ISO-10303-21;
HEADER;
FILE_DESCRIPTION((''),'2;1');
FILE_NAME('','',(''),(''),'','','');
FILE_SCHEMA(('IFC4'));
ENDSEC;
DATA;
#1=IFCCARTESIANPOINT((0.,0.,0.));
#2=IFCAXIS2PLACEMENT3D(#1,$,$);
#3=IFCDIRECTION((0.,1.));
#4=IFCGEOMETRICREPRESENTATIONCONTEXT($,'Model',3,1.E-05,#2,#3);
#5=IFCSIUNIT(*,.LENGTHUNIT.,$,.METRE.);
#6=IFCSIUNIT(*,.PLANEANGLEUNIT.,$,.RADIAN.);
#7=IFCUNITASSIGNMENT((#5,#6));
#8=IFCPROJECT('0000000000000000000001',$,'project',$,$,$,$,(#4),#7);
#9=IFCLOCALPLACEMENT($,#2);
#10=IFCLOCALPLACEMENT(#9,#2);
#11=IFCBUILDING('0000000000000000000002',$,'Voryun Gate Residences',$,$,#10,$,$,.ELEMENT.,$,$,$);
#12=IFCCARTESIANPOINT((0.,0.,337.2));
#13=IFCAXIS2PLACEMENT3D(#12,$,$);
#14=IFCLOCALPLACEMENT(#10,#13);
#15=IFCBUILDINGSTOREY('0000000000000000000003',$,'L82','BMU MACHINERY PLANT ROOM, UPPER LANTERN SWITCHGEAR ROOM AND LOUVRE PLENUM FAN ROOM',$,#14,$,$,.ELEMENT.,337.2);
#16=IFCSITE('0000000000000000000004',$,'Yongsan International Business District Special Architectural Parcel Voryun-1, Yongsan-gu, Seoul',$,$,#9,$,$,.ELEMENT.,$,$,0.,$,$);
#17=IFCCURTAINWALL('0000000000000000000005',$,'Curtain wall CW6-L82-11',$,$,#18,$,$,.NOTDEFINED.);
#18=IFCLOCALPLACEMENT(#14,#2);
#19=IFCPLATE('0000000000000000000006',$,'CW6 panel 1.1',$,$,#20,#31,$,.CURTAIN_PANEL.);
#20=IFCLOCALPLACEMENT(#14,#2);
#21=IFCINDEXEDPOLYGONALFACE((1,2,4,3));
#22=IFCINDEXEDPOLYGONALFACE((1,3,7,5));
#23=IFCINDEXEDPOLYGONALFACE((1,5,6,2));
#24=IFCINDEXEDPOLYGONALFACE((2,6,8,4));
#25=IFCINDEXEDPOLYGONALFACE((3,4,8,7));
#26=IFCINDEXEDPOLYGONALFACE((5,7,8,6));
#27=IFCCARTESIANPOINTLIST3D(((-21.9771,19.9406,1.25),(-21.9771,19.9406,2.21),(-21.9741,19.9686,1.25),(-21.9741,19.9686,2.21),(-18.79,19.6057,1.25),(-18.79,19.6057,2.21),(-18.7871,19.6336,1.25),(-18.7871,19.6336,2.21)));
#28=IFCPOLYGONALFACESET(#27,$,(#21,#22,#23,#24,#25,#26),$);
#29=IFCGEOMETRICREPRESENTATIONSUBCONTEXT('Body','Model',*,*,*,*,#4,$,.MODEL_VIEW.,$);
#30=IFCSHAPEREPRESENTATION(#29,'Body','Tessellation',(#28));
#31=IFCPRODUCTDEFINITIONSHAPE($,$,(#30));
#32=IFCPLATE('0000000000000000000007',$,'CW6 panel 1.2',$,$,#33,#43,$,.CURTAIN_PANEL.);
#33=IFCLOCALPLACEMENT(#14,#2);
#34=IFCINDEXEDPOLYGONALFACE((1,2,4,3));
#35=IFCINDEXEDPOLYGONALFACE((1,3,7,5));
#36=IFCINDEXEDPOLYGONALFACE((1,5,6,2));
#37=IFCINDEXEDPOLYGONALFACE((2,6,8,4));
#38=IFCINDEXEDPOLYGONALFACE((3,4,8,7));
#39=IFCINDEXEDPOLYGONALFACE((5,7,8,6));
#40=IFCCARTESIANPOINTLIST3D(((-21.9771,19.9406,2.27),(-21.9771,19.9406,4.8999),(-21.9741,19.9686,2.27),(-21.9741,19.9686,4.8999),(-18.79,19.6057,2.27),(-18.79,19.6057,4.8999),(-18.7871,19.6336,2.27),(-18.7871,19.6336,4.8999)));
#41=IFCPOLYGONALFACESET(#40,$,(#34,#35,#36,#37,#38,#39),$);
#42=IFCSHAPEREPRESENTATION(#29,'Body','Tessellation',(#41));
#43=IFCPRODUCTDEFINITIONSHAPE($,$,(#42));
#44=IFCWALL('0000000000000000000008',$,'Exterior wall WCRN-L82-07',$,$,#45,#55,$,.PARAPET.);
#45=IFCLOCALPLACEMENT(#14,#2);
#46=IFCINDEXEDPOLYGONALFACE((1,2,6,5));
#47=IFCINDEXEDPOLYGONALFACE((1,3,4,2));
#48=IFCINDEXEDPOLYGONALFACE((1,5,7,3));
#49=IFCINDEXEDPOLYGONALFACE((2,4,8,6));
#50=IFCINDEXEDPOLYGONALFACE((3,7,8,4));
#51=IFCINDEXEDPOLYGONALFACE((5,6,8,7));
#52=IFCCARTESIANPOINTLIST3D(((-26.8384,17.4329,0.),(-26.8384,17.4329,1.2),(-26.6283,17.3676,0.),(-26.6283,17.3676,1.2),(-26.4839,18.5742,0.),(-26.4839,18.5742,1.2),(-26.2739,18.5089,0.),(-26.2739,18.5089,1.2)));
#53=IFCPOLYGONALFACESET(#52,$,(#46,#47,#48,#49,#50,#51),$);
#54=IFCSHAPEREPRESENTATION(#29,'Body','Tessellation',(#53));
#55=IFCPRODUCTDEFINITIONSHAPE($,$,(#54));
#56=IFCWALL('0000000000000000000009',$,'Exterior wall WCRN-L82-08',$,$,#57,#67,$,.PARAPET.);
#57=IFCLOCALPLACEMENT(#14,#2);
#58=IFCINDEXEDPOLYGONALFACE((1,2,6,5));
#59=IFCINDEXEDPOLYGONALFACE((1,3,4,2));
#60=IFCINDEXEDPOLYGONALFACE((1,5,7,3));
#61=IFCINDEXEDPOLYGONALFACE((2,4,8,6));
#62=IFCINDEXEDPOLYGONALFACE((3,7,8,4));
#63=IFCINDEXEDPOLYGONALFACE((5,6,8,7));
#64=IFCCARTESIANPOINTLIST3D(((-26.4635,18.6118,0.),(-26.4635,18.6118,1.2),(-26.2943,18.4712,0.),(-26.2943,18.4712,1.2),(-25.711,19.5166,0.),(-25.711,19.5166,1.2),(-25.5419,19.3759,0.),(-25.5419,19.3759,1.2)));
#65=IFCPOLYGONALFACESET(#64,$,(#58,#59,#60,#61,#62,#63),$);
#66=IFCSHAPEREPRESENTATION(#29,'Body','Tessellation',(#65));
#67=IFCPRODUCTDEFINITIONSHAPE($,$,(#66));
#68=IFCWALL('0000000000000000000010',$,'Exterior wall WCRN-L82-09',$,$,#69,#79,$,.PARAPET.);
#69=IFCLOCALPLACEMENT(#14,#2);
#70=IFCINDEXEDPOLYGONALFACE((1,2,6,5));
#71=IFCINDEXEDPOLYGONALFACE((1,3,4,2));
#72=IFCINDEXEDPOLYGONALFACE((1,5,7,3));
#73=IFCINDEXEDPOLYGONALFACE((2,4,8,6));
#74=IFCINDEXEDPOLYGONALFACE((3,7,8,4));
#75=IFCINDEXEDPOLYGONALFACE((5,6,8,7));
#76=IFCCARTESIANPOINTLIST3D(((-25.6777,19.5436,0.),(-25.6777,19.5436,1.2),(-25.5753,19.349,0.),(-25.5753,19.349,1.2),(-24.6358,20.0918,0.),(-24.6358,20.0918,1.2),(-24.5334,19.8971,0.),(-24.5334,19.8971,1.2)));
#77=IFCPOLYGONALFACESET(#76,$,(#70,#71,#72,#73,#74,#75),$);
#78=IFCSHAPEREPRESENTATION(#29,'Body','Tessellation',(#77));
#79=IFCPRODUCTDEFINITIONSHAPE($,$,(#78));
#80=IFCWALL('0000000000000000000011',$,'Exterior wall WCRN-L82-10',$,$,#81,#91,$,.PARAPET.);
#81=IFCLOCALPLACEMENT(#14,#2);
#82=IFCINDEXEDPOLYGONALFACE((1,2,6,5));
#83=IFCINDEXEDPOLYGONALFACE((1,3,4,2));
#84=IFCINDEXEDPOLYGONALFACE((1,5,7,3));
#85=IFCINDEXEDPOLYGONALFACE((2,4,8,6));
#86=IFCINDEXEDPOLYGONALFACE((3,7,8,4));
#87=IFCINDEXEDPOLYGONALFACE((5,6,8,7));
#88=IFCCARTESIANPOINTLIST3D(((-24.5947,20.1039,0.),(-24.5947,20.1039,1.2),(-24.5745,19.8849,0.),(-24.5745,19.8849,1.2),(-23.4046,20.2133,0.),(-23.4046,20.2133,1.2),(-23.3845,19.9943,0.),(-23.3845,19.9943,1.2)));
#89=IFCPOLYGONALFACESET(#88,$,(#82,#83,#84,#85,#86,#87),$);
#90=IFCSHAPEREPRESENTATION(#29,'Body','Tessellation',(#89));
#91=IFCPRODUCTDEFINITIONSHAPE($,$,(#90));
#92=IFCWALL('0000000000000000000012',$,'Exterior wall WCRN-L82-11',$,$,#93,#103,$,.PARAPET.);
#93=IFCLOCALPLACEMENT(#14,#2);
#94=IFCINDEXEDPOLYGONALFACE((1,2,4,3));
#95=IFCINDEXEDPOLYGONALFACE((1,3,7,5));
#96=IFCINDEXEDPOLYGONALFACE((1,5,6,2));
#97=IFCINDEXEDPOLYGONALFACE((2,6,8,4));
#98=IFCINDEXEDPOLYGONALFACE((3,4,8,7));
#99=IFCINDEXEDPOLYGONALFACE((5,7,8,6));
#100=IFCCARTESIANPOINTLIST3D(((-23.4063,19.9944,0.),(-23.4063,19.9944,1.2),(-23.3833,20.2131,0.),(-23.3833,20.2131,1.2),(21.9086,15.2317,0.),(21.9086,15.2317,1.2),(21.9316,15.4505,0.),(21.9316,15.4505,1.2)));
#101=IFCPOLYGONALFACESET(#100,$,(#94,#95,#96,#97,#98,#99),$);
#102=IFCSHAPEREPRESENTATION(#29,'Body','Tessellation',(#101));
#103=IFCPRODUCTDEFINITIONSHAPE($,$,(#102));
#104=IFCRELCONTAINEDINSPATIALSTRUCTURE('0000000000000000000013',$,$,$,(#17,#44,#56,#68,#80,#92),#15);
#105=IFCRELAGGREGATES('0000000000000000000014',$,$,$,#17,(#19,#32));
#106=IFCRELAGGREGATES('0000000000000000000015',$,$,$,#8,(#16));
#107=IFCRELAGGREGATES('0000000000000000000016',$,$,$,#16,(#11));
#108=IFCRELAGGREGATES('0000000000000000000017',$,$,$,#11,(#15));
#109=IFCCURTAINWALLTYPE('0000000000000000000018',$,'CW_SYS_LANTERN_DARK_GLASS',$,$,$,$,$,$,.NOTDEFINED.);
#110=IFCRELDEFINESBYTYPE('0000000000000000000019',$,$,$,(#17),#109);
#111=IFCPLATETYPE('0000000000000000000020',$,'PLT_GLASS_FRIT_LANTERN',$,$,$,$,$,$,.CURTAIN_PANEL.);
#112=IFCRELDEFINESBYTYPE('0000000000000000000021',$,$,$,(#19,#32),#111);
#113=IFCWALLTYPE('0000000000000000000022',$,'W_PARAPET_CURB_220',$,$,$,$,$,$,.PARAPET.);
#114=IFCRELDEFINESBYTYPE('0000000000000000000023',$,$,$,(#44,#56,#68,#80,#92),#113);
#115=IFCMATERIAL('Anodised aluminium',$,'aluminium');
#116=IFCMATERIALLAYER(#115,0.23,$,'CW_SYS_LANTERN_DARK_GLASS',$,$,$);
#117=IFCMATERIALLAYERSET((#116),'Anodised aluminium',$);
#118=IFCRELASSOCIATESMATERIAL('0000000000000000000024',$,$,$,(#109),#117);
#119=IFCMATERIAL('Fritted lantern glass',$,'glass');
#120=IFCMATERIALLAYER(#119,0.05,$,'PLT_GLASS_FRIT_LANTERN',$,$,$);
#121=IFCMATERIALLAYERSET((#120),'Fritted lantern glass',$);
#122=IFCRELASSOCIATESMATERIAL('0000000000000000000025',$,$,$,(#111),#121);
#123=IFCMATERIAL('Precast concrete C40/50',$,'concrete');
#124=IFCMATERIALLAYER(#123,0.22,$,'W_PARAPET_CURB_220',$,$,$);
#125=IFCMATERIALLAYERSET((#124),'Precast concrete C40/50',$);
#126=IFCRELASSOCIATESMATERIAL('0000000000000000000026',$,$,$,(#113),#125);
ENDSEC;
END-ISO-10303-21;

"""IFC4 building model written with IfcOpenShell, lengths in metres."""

from ifc_helpers import new_model, si_unit, direction, frame, frame_2d, origin, origin_2d, place, context, subcontext, project, spatial, rectangle, extrude, material, layer, layer_set, type_object, element, aggregate, save


model = new_model("IFC4")

# Units and contexts
model_context = context("Model", 3, precision=1e-05, world=origin(), true_north=direction((0.0, 1.0)))
body_context = subcontext(model_context, "Body", "Model", "MODEL_VIEW")
ifc_project = project(units=[si_unit("LENGTHUNIT", "METRE"), si_unit("PLANEANGLEUNIT", "RADIAN")], contexts=[model_context])

# Site, building, storey
site_placement = place(None, origin())
site = spatial("IfcSite", under=ifc_project, at=site_placement, Name="Yongsan International Business District Special Architectural Parcel Voryun-1, Yongsan-gu, Seoul", CompositionType="ELEMENT", RefElevation=0.0)
building_placement = place(site_placement, origin())
building = spatial("IfcBuilding", under=site, at=building_placement, Name="Voryun Gate Residences", CompositionType="ELEMENT")
storey_placement = place(building_placement, frame((0.0, 0.0, 337.2)))
storey = spatial("IfcBuildingStorey", under=building, at=storey_placement, Name="L82", Description="BMU MACHINERY PLANT ROOM, UPPER LANTERN SWITCHGEAR ROOM AND LOUVRE PLENUM FAN ROOM", CompositionType="ELEMENT", Elevation=337.2)

# Shared definitions
ifc_material_1 = material(Name="Anodised aluminium", Category="aluminium")
ifc_layer_1 = layer(ifc_material_1, 0.23, Name="CW_SYS_LANTERN_DARK_GLASS")
ifc_layer_set_1 = layer_set([ifc_layer_1], Name="Anodised aluminium")
curtain_wall_type = type_object("IfcCurtainWallType", Name="CW_SYS_LANTERN_DARK_GLASS", PredefinedType="NOTDEFINED", material=ifc_layer_set_1)

# Curtain wall
curtain_wall_1_placement = place(storey_placement, origin())
curtain_wall_1 = element("IfcCurtainWall", 1, at=curtain_wall_1_placement, inside=storey, type_object=curtain_wall_type, Name="Curtain wall CW6-L82-11", PredefinedType="NOTDEFINED")

# Plates
ifc_material_2 = material(Name="Fritted lantern glass", Category="glass")
ifc_layer_2 = layer(ifc_material_2, 0.05, Name="PLT_GLASS_FRIT_LANTERN")
ifc_layer_set_2 = layer_set([ifc_layer_2], Name="Fritted lantern glass")
plate_type_1 = type_object("IfcPlateType", Name="PLT_GLASS_FRIT_LANTERN", PredefinedType="CURTAIN_PANEL", material=ifc_layer_set_2)
plate_1_placement = place(storey_placement, frame((-20.3821, 19.7871, 1.25), z_axis=(0.0, 0.0, 1.0), x_axis=(0.994522, -0.104528, 0.0)))
plate_1 = element("IfcPlate", 2, at=plate_1_placement, type_object=plate_type_1, Name="CW6 panel 1.1", PredefinedType="CURTAIN_PANEL", context=body_context, shape_type="SweptSolid", body=[
    extrude(rectangle(XDim=3.2046, YDim=0.0281, at=origin_2d()), origin(), (0.0, 0.0, 1.0), 0.96),
])
plate_2_placement = place(storey_placement, frame((-20.3821, 19.7871, 2.27), z_axis=(0.0, 0.0, 1.0), x_axis=(0.994522, -0.104528, 0.0)))
plate_2 = element("IfcPlate", 3, at=plate_2_placement, type_object=plate_type_1, Name="CW6 panel 1.2", PredefinedType="CURTAIN_PANEL", context=body_context, shape_type="SweptSolid", body=[
    extrude(rectangle(XDim=3.2046, YDim=0.0281, at=origin_2d()), origin(), (0.0, 0.0, 1.0), 2.6299),
])
aggregate(curtain_wall_1, [plate_1, plate_2])

# Walls
ifc_material_3 = material(Name="Precast concrete C40/50", Category="concrete")
ifc_layer_3 = layer(ifc_material_3, 0.22, Name="W_PARAPET_CURB_220")
ifc_layer_set_3 = layer_set([ifc_layer_3], Name="Precast concrete C40/50")
wall_type = type_object("IfcWallType", Name="W_PARAPET_CURB_220", PredefinedType="PARAPET", material=ifc_layer_set_3)
wall_1_placement = place(storey_placement, frame((-26.7334, 17.4001, 0.0), z_axis=(0.0, 0.0, 1.0), x_axis=(0.296611, 0.954998, 0.0)))
element("IfcWall", 4, at=wall_1_placement, inside=storey, type_object=wall_type, Name="Exterior wall WCRN-L82-07", PredefinedType="PARAPET", context=body_context, shape_type="SweptSolid", body=[
    extrude(rectangle(XDim=1.1951, YDim=0.22, at=frame_2d((0.5977, 0.0))), origin(), (0.0, 0.0, 1.0), 1.2),
])
wall_2_placement = place(storey_placement, frame((-26.3789, 18.5415, 0.0), z_axis=(0.0, 0.0, 1.0), x_axis=(0.639409, 0.768867, 0.0)))
element("IfcWall", 5, at=wall_2_placement, inside=storey, type_object=wall_type, Name="Exterior wall WCRN-L82-08", PredefinedType="PARAPET", context=body_context, shape_type="SweptSolid", body=[
    extrude(rectangle(XDim=1.1768, YDim=0.22, at=frame_2d((0.5884, 0.0))), origin(), (0.0, 0.0, 1.0), 1.2),
])
wall_3_placement = place(storey_placement, frame((-25.6265, 19.4463, 0.0), z_axis=(0.0, 0.0, 1.0), x_axis=(0.884986, 0.465618, 0.0)))
element("IfcWall", 6, at=wall_3_placement, inside=storey, type_object=wall_type, Name="Exterior wall WCRN-L82-09", PredefinedType="PARAPET", context=body_context, shape_type="SweptSolid", body=[
    extrude(rectangle(XDim=1.1772, YDim=0.22, at=frame_2d((0.5886, 0.0))), origin(), (0.0, 0.0, 1.0), 1.2),
])
wall_4_placement = place(storey_placement, frame((-24.5847, 19.9944, 0.0), z_axis=(0.0, 0.0, 1.0), x_axis=(0.995802, 0.09153, 0.0)))
element("IfcWall", 7, at=wall_4_placement, inside=storey, type_object=wall_type, Name="Exterior wall WCRN-L82-10", PredefinedType="PARAPET", context=body_context, shape_type="SweptSolid", body=[
    extrude(rectangle(XDim=1.1951, YDim=0.22, at=frame_2d((0.5977, 0.0))), origin(), (0.0, 0.0, 1.0), 1.2),
])
wall_5_placement = place(storey_placement, frame((-23.3948, 20.1038, 0.0), z_axis=(0.0, 0.0, 1.0), x_axis=(0.994522, -0.104526, 0.0)))
element("IfcWall", 8, at=wall_5_placement, inside=storey, type_object=wall_type, Name="Exterior wall WCRN-L82-11", PredefinedType="PARAPET", context=body_context, shape_type="SweptSolid", body=[
    extrude(rectangle(XDim=45.5645, YDim=0.22, at=frame_2d((22.7822, 0.0))), origin(), (0.0, 0.0, 1.0), 1.2),
])

save(model, "model.ifc")
